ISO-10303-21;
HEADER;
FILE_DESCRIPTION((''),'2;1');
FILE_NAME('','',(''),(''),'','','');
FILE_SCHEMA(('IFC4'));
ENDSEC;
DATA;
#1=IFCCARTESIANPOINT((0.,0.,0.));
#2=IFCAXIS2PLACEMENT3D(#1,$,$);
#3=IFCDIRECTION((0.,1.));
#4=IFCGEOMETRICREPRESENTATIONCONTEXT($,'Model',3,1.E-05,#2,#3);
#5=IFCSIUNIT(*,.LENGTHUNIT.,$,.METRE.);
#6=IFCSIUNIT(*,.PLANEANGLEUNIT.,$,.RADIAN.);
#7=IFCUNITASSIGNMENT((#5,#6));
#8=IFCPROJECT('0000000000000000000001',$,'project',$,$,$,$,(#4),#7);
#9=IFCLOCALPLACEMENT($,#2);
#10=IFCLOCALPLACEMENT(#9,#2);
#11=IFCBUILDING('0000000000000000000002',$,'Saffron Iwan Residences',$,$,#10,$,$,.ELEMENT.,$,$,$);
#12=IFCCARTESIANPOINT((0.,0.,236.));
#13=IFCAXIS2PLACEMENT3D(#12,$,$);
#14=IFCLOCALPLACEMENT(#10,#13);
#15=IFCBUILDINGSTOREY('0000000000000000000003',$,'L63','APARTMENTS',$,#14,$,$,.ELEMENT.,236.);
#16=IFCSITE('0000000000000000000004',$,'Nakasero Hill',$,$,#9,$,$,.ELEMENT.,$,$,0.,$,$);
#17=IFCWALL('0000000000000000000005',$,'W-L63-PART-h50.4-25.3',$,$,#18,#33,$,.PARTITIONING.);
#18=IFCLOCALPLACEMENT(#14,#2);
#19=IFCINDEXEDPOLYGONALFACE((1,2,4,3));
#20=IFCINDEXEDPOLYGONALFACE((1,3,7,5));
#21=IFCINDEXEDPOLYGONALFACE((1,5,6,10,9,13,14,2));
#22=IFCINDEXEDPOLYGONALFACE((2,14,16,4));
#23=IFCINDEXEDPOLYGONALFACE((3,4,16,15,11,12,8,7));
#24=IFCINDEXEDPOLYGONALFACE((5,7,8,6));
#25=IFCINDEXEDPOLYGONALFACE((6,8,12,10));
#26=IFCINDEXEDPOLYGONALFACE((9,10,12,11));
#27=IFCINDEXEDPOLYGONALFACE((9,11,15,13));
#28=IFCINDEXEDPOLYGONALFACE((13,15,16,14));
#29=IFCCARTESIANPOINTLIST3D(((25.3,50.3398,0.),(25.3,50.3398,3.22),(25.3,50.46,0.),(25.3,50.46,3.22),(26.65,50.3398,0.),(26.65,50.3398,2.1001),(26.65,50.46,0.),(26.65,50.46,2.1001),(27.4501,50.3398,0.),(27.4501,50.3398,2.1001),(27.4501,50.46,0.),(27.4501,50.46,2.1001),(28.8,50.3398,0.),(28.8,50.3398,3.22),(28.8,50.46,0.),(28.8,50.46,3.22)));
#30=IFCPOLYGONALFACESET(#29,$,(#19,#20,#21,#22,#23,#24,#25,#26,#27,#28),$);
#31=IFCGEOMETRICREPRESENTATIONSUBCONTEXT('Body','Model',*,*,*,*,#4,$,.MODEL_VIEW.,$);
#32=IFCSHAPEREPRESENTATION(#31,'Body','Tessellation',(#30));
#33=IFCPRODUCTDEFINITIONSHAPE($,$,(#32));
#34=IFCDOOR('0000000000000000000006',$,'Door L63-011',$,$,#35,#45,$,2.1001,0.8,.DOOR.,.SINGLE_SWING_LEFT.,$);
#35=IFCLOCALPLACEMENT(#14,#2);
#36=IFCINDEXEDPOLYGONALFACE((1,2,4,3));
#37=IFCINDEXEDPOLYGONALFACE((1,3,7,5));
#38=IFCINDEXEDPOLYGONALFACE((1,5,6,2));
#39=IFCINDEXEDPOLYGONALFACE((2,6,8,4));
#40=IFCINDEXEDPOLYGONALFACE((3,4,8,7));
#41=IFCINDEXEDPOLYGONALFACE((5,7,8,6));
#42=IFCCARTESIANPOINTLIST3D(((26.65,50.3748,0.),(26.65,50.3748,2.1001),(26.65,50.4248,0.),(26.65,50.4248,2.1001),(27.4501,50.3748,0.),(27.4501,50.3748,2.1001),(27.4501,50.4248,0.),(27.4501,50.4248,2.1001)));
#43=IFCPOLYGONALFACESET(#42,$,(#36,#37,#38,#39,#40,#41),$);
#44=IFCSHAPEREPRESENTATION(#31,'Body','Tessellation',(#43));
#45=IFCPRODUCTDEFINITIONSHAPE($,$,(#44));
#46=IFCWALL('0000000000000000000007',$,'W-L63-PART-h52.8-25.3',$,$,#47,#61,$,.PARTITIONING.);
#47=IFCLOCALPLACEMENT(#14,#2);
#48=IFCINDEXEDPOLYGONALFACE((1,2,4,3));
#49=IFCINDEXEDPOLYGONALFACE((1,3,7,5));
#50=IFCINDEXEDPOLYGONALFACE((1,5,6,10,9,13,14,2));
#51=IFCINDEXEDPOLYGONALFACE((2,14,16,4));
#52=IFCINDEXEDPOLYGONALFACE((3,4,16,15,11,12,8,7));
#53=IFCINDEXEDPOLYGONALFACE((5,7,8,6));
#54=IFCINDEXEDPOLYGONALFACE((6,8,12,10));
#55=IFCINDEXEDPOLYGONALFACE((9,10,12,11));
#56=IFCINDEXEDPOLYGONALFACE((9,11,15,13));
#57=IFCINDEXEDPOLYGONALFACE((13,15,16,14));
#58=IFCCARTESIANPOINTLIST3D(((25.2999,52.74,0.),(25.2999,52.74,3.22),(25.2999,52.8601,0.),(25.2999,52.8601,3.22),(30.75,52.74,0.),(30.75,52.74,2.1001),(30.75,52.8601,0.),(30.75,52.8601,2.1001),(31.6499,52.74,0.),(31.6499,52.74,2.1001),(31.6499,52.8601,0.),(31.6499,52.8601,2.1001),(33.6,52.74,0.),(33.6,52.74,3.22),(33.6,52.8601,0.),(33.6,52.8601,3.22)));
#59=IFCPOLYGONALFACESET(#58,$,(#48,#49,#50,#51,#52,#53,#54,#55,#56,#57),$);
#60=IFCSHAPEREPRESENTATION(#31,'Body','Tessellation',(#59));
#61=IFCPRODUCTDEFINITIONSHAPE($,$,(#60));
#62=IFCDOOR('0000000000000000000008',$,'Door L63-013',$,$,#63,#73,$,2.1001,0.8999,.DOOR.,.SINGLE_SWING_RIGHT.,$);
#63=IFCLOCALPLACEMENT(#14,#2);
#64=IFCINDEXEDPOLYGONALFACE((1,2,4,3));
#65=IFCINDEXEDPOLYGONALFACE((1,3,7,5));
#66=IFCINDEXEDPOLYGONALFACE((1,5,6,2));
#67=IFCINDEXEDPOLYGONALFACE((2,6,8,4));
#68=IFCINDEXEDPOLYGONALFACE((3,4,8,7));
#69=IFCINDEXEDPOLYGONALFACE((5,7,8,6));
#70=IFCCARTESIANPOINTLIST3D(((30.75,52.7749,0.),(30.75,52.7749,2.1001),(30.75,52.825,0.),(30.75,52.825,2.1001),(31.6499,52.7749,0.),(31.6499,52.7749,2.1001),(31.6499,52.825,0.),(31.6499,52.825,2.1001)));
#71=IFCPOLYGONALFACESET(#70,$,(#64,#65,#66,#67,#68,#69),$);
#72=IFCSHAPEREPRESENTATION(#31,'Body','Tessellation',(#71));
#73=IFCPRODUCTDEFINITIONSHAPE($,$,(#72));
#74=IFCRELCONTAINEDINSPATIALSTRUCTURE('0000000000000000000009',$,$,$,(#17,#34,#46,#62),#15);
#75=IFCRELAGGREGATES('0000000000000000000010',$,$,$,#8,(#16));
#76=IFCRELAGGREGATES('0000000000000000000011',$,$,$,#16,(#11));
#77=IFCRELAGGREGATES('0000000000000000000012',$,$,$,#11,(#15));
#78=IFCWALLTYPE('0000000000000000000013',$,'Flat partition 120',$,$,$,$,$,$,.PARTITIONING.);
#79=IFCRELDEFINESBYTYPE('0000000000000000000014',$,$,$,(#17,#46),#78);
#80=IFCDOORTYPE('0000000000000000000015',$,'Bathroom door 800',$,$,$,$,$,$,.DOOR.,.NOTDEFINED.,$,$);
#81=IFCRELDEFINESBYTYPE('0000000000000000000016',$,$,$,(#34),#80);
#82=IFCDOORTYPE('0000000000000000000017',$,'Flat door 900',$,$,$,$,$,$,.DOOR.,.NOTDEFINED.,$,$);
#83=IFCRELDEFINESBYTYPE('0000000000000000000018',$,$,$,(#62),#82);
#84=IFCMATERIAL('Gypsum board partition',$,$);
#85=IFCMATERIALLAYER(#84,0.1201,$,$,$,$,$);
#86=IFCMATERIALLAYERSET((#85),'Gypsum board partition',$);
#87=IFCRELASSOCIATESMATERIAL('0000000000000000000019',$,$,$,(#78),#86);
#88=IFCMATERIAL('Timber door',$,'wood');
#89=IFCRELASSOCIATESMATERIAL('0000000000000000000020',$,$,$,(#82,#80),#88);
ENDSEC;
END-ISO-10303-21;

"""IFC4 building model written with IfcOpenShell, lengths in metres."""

from ifc_helpers import new_model, si_unit, direction, frame, frame_2d, origin, place, context, subcontext, project, spatial, rectangle, extrude, material, layer, layer_set, type_object, element, fill, save


model = new_model("IFC4")

# Units and contexts
model_context = context("Model", 3, precision=1e-05, world=origin(), true_north=direction((0.0, 1.0)))
body_context = subcontext(model_context, "Body", "Model", "MODEL_VIEW")
ifc_project = project(units=[si_unit("LENGTHUNIT", "METRE"), si_unit("PLANEANGLEUNIT", "RADIAN")], contexts=[model_context])

# Site, building, storey
site_placement = place(None, origin())
site = spatial("IfcSite", under=ifc_project, at=site_placement, Name="Nakasero Hill", CompositionType="ELEMENT", RefElevation=0.0)
building_placement = place(site_placement, origin())
building = spatial("IfcBuilding", under=site, at=building_placement, Name="Saffron Iwan Residences", CompositionType="ELEMENT")
storey_placement = place(building_placement, frame((0.0, 0.0, 236.0)))
storey = spatial("IfcBuildingStorey", under=building, at=storey_placement, Name="L63", Description="APARTMENTS", CompositionType="ELEMENT", Elevation=236.0)

# Shared definitions
ifc_material_1 = material(Name="Gypsum board partition")
ifc_layer_1 = layer(ifc_material_1, 0.1201)
ifc_layer_set_1 = layer_set([ifc_layer_1], Name="Gypsum board partition")
wall_type_1 = type_object("IfcWallType", Name="Flat partition 120", PredefinedType="PARTITIONING", material=ifc_layer_set_1)
ifc_material_2 = material(Name="Timber door", Category="wood")
door_type_1 = type_object("IfcDoorType", Name="Flat door 900", OperationType="NOTDEFINED", PredefinedType="DOOR", material=ifc_material_2)

# Walls, openings, doors
wall_1_placement = place(storey_placement, frame((25.3, 50.3999, 0.0), z_axis=(0.0, 0.0, 1.0), x_axis=(1.0, 0.0, 0.0)))
wall_1 = element("IfcWall", 1, at=wall_1_placement, inside=storey, type_object=wall_type_1, Name="W-L63-PART-h50.4-25.3", PredefinedType="PARTITIONING", context=body_context, shape_type="SweptSolid", body=[
    extrude(rectangle(XDim=3.5, YDim=0.1201, at=frame_2d((1.75, 0.0))), origin(), (0.0, 0.0, 1.0), 3.22),
])
opening_1_placement = place(wall_1_placement, frame((1.3501, 0.0, 0.0)))
opening_1 = element("IfcOpeningElement", 2, at=opening_1_placement, cuts=wall_1, PredefinedType="OPENING", context=body_context, shape_type="SweptSolid", body=[
    extrude(rectangle(XDim=0.8, YDim=2.1001, at=frame_2d((0.3999, 1.05))), frame((0.0, 0.0701, 0.0), z_axis=(0.0, -1.0, 0.0), x_axis=(1.0, 0.0, 0.0)), (0.0, 0.0, 1.0), 0.1401),
])
door_type_2 = type_object("IfcDoorType", Name="Bathroom door 800", OperationType="NOTDEFINED", PredefinedType="DOOR", material=ifc_material_2)
door_1_placement = place(opening_1_placement, origin())
door_1 = element("IfcDoor", 3, at=door_1_placement, inside=storey, type_object=door_type_2, Name="Door L63-011", OperationType="SINGLE_SWING_LEFT", OverallHeight=2.1001, OverallWidth=0.8, PredefinedType="DOOR", context=body_context, shape_type="SweptSolid", body=[
    extrude(rectangle(XDim=0.8, YDim=2.1001, at=frame_2d((0.3999, 1.05))), frame((0.0, 0.0249, 0.0), z_axis=(0.0, -1.0, 0.0), x_axis=(1.0, 0.0, 0.0)), (0.0, 0.0, 1.0), 0.05),
])
fill(opening_1, door_1)
wall_2_placement = place(storey_placement, frame((25.3, 52.8, 0.0), z_axis=(0.0, 0.0, 1.0), x_axis=(1.0, 0.0, 0.0)))
wall_2 = element("IfcWall", 4, at=wall_2_placement, inside=storey, type_object=wall_type_1, Name="W-L63-PART-h52.8-25.3", PredefinedType="PARTITIONING", context=body_context, shape_type="SweptSolid", body=[
    extrude(rectangle(XDim=8.3, YDim=0.1201, at=frame_2d((4.1499, 0.0))), origin(), (0.0, 0.0, 1.0), 3.22),
])
opening_2_placement = place(wall_2_placement, frame((5.45, 0.0, 0.0)))
opening_2 = element("IfcOpeningElement", 5, at=opening_2_placement, cuts=wall_2, PredefinedType="OPENING", context=body_context, shape_type="SweptSolid", body=[
    extrude(rectangle(XDim=0.8999, YDim=2.1001, at=frame_2d((0.45, 1.05))), frame((0.0, 0.0701, 0.0), z_axis=(0.0, -1.0, 0.0), x_axis=(1.0, 0.0, 0.0)), (0.0, 0.0, 1.0), 0.1401),
])
door_2_placement = place(opening_2_placement, origin())
door_2 = element("IfcDoor", 6, at=door_2_placement, inside=storey, type_object=door_type_1, Name="Door L63-013", OperationType="SINGLE_SWING_RIGHT", OverallHeight=2.1001, OverallWidth=0.8999, PredefinedType="DOOR", context=body_context, shape_type="SweptSolid", body=[
    extrude(rectangle(XDim=0.8999, YDim=2.1001, at=frame_2d((0.45, 1.05))), frame((0.0, 0.0249, 0.0), z_axis=(0.0, -1.0, 0.0), x_axis=(1.0, 0.0, 0.0)), (0.0, 0.0, 1.0), 0.05),
])
fill(opening_2, door_2)

save(model, "model.ifc")
